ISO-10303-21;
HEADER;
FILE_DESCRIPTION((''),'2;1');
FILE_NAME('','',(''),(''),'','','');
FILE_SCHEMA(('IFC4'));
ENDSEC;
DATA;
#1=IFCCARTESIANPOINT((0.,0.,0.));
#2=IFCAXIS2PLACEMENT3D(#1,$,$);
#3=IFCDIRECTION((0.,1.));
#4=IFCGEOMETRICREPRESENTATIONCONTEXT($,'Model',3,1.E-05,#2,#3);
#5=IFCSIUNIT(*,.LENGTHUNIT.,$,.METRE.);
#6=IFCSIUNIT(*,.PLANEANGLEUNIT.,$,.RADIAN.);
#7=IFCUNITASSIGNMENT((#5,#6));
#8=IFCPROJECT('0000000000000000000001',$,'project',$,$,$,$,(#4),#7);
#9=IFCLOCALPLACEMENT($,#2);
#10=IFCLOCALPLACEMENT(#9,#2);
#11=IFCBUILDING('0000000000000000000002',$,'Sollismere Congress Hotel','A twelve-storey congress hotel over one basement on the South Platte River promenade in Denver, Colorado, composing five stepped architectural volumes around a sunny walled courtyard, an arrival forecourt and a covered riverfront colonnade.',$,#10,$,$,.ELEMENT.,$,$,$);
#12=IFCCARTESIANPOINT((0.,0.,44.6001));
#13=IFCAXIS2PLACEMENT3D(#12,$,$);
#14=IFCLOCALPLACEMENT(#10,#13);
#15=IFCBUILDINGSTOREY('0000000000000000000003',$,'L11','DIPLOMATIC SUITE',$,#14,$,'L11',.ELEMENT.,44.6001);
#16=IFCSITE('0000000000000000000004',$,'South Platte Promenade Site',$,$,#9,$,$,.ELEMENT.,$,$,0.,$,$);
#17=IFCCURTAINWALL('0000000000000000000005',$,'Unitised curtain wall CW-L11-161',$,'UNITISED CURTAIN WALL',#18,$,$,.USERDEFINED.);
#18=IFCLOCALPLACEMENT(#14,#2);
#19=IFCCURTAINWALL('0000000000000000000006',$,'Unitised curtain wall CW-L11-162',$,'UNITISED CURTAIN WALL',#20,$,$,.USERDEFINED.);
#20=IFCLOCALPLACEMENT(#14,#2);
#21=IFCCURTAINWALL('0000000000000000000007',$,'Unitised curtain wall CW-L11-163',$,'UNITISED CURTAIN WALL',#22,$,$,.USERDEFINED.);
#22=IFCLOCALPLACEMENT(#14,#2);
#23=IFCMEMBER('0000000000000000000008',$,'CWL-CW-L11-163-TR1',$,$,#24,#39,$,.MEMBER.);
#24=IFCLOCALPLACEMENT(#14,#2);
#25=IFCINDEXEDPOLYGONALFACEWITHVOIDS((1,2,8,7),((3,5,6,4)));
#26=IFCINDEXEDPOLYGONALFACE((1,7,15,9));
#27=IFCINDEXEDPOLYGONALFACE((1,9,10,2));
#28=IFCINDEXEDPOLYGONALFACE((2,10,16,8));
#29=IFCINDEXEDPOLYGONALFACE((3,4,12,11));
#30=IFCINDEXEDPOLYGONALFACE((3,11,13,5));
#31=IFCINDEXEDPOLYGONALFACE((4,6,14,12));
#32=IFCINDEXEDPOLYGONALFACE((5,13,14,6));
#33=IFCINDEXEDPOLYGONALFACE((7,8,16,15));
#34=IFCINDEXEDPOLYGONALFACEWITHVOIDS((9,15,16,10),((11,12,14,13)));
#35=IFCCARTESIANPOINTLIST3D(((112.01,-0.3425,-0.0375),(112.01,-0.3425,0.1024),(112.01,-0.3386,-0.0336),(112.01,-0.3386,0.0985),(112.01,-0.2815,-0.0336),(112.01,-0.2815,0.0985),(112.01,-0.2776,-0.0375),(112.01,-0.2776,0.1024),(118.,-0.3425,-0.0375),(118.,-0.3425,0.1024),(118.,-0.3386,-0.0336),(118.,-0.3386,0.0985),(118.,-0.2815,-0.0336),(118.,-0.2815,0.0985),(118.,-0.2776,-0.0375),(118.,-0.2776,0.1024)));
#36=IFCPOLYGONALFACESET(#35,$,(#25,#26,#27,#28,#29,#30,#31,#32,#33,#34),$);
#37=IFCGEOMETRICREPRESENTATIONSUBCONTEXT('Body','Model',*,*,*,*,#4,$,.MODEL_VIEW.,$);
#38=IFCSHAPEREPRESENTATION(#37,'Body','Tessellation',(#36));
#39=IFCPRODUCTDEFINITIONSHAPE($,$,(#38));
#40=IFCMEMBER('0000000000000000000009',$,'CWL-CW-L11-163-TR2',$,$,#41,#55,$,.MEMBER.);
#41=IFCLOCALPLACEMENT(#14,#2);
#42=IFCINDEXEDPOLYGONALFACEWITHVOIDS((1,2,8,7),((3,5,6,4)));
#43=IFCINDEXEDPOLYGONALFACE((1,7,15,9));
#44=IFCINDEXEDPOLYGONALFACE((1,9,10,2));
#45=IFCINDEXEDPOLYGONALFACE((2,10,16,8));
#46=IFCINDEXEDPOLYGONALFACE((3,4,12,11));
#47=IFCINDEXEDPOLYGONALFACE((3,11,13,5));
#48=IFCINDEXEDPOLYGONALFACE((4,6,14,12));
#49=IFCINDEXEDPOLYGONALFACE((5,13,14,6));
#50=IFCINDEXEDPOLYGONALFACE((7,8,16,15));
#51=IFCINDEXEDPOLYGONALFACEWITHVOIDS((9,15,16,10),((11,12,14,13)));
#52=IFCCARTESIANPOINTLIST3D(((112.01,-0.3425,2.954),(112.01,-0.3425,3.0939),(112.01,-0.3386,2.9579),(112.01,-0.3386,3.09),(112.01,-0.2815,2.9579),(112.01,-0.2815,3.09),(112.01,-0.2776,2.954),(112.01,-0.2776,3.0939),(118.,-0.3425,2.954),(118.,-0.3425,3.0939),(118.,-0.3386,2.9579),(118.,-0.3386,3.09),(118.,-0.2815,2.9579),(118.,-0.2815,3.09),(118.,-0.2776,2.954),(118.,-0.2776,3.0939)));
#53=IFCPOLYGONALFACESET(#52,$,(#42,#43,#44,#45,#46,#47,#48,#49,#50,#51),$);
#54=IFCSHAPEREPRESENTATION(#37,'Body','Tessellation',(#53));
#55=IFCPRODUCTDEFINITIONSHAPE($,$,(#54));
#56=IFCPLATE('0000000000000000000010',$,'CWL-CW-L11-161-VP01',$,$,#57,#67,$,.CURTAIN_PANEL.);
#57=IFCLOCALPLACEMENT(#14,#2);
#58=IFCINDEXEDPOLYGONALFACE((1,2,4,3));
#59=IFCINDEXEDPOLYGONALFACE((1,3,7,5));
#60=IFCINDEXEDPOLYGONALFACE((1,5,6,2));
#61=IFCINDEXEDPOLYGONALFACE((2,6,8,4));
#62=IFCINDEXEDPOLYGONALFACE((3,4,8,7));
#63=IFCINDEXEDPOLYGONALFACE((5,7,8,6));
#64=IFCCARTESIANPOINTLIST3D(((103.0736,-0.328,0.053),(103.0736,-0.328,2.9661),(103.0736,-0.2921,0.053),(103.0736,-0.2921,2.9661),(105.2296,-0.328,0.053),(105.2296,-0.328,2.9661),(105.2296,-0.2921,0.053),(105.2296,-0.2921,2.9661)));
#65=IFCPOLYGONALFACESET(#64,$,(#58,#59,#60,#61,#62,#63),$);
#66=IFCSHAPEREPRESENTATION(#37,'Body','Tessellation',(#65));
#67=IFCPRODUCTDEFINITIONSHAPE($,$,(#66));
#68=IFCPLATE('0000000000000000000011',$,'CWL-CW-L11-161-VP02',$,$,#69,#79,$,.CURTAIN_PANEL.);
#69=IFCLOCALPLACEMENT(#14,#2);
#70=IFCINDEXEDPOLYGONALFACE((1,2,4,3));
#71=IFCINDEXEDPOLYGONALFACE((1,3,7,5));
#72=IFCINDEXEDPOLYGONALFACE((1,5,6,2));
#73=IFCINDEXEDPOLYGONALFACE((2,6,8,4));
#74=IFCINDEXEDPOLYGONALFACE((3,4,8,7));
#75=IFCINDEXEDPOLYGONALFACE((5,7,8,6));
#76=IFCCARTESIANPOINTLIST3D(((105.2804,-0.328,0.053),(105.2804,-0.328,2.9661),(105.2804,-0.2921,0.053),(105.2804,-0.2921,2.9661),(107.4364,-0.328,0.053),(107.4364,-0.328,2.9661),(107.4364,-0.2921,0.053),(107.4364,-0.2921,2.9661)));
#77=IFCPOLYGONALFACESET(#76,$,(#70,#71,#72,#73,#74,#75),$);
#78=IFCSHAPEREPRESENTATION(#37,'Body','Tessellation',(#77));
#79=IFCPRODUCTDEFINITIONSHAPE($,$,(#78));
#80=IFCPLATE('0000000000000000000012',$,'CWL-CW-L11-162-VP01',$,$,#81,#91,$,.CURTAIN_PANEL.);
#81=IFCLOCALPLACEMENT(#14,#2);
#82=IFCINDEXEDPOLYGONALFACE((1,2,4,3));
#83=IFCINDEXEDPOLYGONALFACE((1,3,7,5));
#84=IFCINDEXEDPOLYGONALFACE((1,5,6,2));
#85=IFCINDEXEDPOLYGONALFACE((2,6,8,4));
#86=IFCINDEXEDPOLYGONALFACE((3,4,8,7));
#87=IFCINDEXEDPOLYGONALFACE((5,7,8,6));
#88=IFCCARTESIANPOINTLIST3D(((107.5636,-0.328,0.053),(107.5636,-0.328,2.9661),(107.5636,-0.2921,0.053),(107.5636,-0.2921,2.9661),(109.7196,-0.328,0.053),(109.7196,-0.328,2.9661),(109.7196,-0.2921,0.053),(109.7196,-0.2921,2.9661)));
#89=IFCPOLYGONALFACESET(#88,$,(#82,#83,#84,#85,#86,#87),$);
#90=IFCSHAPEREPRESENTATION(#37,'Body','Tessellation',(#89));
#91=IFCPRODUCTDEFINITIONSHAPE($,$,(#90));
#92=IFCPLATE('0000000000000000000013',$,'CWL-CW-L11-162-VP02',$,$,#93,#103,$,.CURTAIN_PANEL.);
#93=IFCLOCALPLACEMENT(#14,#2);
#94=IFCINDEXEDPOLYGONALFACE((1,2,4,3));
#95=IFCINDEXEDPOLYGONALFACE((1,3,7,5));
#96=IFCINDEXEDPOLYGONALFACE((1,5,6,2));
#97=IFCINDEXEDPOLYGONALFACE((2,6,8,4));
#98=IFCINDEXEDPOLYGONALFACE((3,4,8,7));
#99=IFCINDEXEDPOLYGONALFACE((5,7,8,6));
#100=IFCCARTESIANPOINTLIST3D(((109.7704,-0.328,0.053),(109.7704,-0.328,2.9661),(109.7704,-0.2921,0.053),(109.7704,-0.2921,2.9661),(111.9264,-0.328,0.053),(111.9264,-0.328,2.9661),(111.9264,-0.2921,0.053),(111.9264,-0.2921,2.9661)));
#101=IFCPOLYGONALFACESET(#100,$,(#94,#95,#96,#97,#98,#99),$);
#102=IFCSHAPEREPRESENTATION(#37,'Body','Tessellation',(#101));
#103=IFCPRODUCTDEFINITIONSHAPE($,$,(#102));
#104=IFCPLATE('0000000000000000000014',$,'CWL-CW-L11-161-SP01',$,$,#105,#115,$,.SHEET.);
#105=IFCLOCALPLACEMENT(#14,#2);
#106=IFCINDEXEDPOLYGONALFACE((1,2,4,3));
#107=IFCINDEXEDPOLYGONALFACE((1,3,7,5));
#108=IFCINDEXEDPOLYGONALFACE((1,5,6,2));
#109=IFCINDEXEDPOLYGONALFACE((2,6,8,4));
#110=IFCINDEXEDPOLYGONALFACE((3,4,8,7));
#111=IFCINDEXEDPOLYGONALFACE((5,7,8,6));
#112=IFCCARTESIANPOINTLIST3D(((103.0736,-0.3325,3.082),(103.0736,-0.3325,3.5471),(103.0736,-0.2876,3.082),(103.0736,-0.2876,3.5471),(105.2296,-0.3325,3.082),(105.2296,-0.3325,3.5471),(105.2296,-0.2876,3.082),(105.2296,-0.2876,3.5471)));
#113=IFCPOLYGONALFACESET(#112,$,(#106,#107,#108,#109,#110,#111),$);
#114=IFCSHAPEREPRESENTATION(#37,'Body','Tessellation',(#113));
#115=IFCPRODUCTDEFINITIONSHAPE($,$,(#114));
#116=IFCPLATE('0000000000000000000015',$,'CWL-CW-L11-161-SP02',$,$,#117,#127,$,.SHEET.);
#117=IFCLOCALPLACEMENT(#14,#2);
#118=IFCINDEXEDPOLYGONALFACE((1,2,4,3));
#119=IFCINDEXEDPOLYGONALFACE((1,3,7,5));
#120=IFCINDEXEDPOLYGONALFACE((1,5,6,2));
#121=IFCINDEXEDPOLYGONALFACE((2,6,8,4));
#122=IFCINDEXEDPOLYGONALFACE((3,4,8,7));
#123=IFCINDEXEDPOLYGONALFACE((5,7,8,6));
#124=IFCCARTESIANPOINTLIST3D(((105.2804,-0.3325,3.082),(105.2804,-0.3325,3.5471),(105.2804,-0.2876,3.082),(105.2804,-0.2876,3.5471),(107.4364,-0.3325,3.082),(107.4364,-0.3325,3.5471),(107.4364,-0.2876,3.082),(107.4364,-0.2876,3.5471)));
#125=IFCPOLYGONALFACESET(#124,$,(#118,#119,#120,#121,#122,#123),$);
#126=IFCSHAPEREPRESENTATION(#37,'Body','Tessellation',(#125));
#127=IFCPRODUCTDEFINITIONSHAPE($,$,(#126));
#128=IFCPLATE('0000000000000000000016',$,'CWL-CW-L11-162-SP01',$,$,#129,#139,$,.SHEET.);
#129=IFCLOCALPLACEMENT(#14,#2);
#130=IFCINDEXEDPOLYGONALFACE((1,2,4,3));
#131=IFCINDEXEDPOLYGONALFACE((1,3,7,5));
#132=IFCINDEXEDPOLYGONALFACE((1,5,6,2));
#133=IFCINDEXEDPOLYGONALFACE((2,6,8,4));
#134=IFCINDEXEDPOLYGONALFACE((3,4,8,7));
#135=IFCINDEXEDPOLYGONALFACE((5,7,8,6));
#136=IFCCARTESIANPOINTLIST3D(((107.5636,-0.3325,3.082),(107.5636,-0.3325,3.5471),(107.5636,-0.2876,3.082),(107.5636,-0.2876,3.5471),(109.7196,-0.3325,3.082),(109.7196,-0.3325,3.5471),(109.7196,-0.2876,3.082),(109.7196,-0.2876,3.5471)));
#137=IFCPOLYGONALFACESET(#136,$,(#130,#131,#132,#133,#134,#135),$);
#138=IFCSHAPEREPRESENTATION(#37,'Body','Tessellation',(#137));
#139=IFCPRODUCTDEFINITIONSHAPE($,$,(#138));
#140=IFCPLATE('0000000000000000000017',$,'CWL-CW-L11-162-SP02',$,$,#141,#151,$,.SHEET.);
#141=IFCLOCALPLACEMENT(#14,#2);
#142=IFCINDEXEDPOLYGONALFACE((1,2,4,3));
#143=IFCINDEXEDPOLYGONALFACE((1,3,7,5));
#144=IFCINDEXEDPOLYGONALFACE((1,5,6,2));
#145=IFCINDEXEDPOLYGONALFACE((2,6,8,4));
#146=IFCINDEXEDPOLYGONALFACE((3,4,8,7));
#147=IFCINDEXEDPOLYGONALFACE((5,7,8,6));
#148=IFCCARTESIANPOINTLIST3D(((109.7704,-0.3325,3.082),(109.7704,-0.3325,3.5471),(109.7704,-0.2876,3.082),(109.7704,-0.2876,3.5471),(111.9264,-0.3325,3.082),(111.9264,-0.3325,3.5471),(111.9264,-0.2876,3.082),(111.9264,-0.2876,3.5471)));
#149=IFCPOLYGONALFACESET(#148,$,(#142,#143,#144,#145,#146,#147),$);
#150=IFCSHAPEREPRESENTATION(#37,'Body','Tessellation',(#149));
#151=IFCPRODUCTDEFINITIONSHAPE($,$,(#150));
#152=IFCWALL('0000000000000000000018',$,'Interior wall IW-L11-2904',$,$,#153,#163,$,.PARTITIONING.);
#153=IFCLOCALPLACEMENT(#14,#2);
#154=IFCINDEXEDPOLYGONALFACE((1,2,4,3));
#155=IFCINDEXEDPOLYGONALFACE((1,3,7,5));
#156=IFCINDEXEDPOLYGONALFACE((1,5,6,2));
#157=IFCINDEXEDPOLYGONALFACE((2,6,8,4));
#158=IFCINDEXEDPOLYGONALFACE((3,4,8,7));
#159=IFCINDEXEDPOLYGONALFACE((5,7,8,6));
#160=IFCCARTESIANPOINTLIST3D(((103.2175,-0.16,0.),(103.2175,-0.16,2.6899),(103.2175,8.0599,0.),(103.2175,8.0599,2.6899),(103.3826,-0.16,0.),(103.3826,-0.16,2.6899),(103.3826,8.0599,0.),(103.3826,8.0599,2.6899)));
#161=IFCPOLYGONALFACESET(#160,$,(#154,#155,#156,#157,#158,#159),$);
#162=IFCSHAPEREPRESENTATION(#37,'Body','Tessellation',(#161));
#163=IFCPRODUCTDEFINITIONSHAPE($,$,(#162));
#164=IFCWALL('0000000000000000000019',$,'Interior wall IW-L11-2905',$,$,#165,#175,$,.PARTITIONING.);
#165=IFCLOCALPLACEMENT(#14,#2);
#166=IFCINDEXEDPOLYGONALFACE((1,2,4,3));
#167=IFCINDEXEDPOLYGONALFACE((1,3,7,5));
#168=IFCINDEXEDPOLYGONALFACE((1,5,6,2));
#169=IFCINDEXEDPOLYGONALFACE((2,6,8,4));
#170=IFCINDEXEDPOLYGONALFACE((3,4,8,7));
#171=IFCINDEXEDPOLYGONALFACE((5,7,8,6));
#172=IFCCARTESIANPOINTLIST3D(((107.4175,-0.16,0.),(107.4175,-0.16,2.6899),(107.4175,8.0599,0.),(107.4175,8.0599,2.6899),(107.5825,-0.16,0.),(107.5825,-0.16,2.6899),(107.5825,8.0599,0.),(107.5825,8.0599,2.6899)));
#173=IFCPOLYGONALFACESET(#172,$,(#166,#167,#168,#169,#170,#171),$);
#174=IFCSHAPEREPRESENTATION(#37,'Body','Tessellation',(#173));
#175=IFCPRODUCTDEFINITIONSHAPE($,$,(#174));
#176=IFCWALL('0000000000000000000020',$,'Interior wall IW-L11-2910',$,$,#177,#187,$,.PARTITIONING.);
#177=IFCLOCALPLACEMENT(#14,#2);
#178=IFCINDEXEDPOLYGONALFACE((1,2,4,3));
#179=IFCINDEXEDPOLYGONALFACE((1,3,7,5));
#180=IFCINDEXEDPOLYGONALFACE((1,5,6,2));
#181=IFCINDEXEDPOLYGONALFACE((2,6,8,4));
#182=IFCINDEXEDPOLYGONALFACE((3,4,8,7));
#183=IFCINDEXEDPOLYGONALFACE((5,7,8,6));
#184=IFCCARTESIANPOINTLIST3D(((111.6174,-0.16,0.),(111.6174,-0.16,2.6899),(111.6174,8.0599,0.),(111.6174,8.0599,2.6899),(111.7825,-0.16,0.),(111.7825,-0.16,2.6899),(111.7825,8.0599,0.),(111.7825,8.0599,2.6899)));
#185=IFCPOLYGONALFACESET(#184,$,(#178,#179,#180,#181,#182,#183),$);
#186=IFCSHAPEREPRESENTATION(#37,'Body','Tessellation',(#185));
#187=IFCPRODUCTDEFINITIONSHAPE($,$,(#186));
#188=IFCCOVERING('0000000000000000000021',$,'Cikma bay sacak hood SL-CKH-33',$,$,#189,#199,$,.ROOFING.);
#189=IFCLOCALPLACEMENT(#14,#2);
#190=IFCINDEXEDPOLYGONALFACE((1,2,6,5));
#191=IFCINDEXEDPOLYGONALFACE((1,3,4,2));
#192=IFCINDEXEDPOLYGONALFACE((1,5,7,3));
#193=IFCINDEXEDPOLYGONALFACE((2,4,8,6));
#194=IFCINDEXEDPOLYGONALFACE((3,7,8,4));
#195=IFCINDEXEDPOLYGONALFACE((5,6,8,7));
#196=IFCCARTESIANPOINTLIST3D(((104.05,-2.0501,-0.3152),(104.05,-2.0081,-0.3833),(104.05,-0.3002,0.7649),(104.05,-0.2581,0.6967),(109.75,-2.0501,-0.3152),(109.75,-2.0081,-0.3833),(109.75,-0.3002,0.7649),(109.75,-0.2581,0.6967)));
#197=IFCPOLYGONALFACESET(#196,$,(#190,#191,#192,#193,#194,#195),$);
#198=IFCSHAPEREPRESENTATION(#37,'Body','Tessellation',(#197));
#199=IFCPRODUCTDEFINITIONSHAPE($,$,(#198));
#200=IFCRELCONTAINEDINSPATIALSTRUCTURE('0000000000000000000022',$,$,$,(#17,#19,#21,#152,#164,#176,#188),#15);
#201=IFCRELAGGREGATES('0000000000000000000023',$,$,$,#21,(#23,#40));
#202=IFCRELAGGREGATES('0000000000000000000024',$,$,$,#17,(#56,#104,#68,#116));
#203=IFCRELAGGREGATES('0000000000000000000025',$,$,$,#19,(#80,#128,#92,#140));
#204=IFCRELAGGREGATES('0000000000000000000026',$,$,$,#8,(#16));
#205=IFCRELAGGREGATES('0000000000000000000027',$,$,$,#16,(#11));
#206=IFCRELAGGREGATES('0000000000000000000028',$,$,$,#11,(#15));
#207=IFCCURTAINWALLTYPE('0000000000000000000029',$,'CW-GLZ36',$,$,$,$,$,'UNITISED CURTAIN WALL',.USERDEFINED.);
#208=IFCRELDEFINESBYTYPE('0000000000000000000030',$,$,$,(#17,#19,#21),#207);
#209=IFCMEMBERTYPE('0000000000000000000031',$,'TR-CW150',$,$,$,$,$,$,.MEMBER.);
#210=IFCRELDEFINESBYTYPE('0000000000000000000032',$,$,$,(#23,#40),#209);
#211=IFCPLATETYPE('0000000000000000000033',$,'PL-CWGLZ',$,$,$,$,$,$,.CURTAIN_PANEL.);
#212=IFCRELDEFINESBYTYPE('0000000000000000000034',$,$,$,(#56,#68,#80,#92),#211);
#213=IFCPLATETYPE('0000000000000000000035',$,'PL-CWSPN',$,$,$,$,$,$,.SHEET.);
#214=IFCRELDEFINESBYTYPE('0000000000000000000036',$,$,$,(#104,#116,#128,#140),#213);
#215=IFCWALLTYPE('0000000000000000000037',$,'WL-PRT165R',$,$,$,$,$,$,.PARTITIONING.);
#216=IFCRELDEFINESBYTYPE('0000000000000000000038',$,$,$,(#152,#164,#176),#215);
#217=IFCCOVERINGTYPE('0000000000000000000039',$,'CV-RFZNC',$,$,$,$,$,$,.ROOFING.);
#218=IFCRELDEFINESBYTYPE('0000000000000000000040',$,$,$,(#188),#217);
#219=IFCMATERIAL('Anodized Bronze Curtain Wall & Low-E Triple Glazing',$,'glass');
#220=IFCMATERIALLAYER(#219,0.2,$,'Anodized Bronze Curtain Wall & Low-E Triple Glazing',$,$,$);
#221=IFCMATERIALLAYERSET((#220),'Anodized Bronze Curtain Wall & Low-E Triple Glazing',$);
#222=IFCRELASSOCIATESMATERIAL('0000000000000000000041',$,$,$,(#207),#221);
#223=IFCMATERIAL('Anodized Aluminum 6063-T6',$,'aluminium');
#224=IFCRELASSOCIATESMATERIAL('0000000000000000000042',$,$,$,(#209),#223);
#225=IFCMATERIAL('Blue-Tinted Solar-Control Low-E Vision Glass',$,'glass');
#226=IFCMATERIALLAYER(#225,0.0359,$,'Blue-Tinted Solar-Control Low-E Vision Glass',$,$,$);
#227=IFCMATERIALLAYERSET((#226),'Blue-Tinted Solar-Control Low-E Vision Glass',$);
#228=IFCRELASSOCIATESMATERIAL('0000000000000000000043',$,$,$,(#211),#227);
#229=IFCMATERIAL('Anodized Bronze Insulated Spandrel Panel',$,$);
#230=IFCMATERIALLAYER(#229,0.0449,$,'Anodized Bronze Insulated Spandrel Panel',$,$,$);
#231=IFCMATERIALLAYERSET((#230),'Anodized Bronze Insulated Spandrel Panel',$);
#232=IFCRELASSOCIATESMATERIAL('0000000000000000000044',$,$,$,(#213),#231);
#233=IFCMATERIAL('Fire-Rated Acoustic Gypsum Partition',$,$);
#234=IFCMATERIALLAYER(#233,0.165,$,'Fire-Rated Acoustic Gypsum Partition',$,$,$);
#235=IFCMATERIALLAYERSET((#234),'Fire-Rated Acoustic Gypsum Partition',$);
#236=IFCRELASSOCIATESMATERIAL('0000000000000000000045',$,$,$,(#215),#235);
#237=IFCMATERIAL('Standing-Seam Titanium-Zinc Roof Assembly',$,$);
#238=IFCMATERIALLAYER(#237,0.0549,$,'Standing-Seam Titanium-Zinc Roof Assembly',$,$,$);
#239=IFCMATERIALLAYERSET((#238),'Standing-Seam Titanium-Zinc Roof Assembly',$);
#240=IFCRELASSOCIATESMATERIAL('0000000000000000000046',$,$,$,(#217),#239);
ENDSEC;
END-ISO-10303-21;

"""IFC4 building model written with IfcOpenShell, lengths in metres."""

from ifc_helpers import new_model, si_unit, direction, frame, frame_2d, origin, origin_2d, place, context, subcontext, project, spatial, polyline, rectangle, hollow_rectangle, outline, extrude, material, layer, layer_set, material_profile, profile_set, type_object, element, aggregate, save


model = new_model("IFC4")

# Units and contexts
model_context = context("Model", 3, precision=1e-05, world=origin(), true_north=direction((0.0, 1.0)))
body_context = subcontext(model_context, "Body", "Model", "MODEL_VIEW")
ifc_project = project(units=[si_unit("LENGTHUNIT", "METRE"), si_unit("PLANEANGLEUNIT", "RADIAN")], contexts=[model_context])

# Site, building, storey
site_placement = place(None, origin())
site = spatial("IfcSite", under=ifc_project, at=site_placement, Name="South Platte Promenade Site", CompositionType="ELEMENT", RefElevation=0.0)
building_placement = place(site_placement, origin())
building = spatial("IfcBuilding", under=site, at=building_placement, Name="Sollismere Congress Hotel", Description="A twelve-storey congress hotel over one basement on the South Platte River promenade in Denver, Colorado, composing five stepped architectural volumes around a sunny walled courtyard, an arrival forecourt and a covered riverfront colonnade.", CompositionType="ELEMENT")
storey_placement = place(building_placement, frame((0.0, 0.0, 44.6001)))
storey = spatial("IfcBuildingStorey", under=building, at=storey_placement, Name="L11", Description="DIPLOMATIC SUITE", LongName="L11", CompositionType="ELEMENT", Elevation=44.6001)

# Curtain walls, members
ifc_material_1 = material(Name="Anodized Bronze Curtain Wall & Low-E Triple Glazing", Category="glass")
ifc_layer_1 = layer(ifc_material_1, 0.2, Name="Anodized Bronze Curtain Wall & Low-E Triple Glazing")
ifc_layer_set_1 = layer_set([ifc_layer_1], Name="Anodized Bronze Curtain Wall & Low-E Triple Glazing")
curtain_wall_type = type_object("IfcCurtainWallType", Name="CW-GLZ36", ElementType="UNITISED CURTAIN WALL", PredefinedType="USERDEFINED", material=ifc_layer_set_1)
curtain_wall_1_placement = place(storey_placement, origin())
curtain_wall_1 = element("IfcCurtainWall", 1, at=curtain_wall_1_placement, inside=storey, type_object=curtain_wall_type, Name="Unitised curtain wall CW-L11-161", ObjectType="UNITISED CURTAIN WALL", PredefinedType="USERDEFINED")
ifc_material_2 = material(Name="Anodized Aluminum 6063-T6", Category="aluminium")
curtain_wall_2_placement = place(storey_placement, origin())
curtain_wall_2 = element("IfcCurtainWall", 2, at=curtain_wall_2_placement, inside=storey, type_object=curtain_wall_type, Name="Unitised curtain wall CW-L11-162", ObjectType="UNITISED CURTAIN WALL", PredefinedType="USERDEFINED")
ifc_material_profile_1 = material_profile(ifc_material_2, hollow_rectangle(XDim=0.0649, YDim=0.1399, WallThickness=0.0039, at=origin_2d()), Name="ALU140X65X4")
ifc_profile_set_1 = profile_set([ifc_material_profile_1], Name="Anodized Aluminum 6063-T6")
member_type_1 = type_object("IfcMemberType", Name="TR-CW150", PredefinedType="MEMBER", material=ifc_profile_set_1)
curtain_wall_3_placement = place(storey_placement, origin())
curtain_wall_3 = element("IfcCurtainWall", 3, at=curtain_wall_3_placement, inside=storey, type_object=curtain_wall_type, Name="Unitised curtain wall CW-L11-163", ObjectType="UNITISED CURTAIN WALL", PredefinedType="USERDEFINED")
member_1_placement = place(storey_placement, frame((112.01, -0.3101, 0.0325), z_axis=(1.0, 0.0, 0.0), x_axis=(0.0, 1.0, 0.0)))
member_1 = element("IfcMember", 4, at=member_1_placement, type_object=member_type_1, Name="CWL-CW-L11-163-TR1", PredefinedType="MEMBER", context=body_context, shape_type="SweptSolid", body=[
    extrude(hollow_rectangle(XDim=0.0649, YDim=0.1399, WallThickness=0.0039, at=origin_2d()), origin(), (0.0, 0.0, 1.0), 5.99),
])
member_2_placement = place(storey_placement, frame((112.01, -0.3101, 3.0239), z_axis=(1.0, 0.0, 0.0), x_axis=(0.0, 1.0, 0.0)))
member_2 = element("IfcMember", 5, at=member_2_placement, type_object=member_type_1, Name="CWL-CW-L11-163-TR2", PredefinedType="MEMBER", context=body_context, shape_type="SweptSolid", body=[
    extrude(hollow_rectangle(XDim=0.0649, YDim=0.1399, WallThickness=0.0039, at=origin_2d()), origin(), (0.0, 0.0, 1.0), 5.99),
])
aggregate(curtain_wall_3, [member_1, member_2])

# Plates
ifc_material_3 = material(Name="Blue-Tinted Solar-Control Low-E Vision Glass", Category="glass")
ifc_layer_2 = layer(ifc_material_3, 0.0359, Name="Blue-Tinted Solar-Control Low-E Vision Glass")
ifc_layer_set_2 = layer_set([ifc_layer_2], Name="Blue-Tinted Solar-Control Low-E Vision Glass")
plate_type_1 = type_object("IfcPlateType", Name="PL-CWGLZ", PredefinedType="CURTAIN_PANEL", material=ifc_layer_set_2)
plate_1_placement = place(storey_placement, frame((104.1516, -0.3101, 0.053), z_axis=(0.0, 0.0, 1.0), x_axis=(1.0, 0.0, 0.0)))
plate_1 = element("IfcPlate", 6, at=plate_1_placement, type_object=plate_type_1, Name="CWL-CW-L11-161-VP01", PredefinedType="CURTAIN_PANEL", context=body_context, shape_type="SweptSolid", body=[
    extrude(rectangle(XDim=2.156, YDim=0.0359, at=origin_2d()), origin(), (0.0, 0.0, 1.0), 2.9131),
])
plate_2_placement = place(storey_placement, frame((106.3584, -0.3101, 0.053), z_axis=(0.0, 0.0, 1.0), x_axis=(1.0, 0.0, 0.0)))
plate_2 = element("IfcPlate", 7, at=plate_2_placement, type_object=plate_type_1, Name="CWL-CW-L11-161-VP02", PredefinedType="CURTAIN_PANEL", context=body_context, shape_type="SweptSolid", body=[
    extrude(rectangle(XDim=2.156, YDim=0.0359, at=origin_2d()), origin(), (0.0, 0.0, 1.0), 2.9131),
])
plate_3_placement = place(storey_placement, frame((108.6416, -0.3101, 0.053), z_axis=(0.0, 0.0, 1.0), x_axis=(1.0, 0.0, 0.0)))
plate_3 = element("IfcPlate", 8, at=plate_3_placement, type_object=plate_type_1, Name="CWL-CW-L11-162-VP01", PredefinedType="CURTAIN_PANEL", context=body_context, shape_type="SweptSolid", body=[
    extrude(rectangle(XDim=2.156, YDim=0.0359, at=origin_2d()), origin(), (0.0, 0.0, 1.0), 2.9131),
])
plate_4_placement = place(storey_placement, frame((110.8484, -0.3101, 0.053), z_axis=(0.0, 0.0, 1.0), x_axis=(1.0, 0.0, 0.0)))
plate_4 = element("IfcPlate", 9, at=plate_4_placement, type_object=plate_type_1, Name="CWL-CW-L11-162-VP02", PredefinedType="CURTAIN_PANEL", context=body_context, shape_type="SweptSolid", body=[
    extrude(rectangle(XDim=2.156, YDim=0.0359, at=origin_2d()), origin(), (0.0, 0.0, 1.0), 2.9131),
])
ifc_material_4 = material(Name="Anodized Bronze Insulated Spandrel Panel")
ifc_layer_3 = layer(ifc_material_4, 0.0449, Name="Anodized Bronze Insulated Spandrel Panel")
ifc_layer_set_3 = layer_set([ifc_layer_3], Name="Anodized Bronze Insulated Spandrel Panel")
plate_type_2 = type_object("IfcPlateType", Name="PL-CWSPN", PredefinedType="SHEET", material=ifc_layer_set_3)
plate_5_placement = place(storey_placement, frame((104.1516, -0.3101, 3.082), z_axis=(0.0, 0.0, 1.0), x_axis=(1.0, 0.0, 0.0)))
plate_5 = element("IfcPlate", 10, at=plate_5_placement, type_object=plate_type_2, Name="CWL-CW-L11-161-SP01", PredefinedType="SHEET", context=body_context, shape_type="SweptSolid", body=[
    extrude(rectangle(XDim=2.156, YDim=0.0449, at=origin_2d()), origin(), (0.0, 0.0, 1.0), 0.4651),
])
plate_6_placement = place(storey_placement, frame((106.3584, -0.3101, 3.082), z_axis=(0.0, 0.0, 1.0), x_axis=(1.0, 0.0, 0.0)))
plate_6 = element("IfcPlate", 11, at=plate_6_placement, type_object=plate_type_2, Name="CWL-CW-L11-161-SP02", PredefinedType="SHEET", context=body_context, shape_type="SweptSolid", body=[
    extrude(rectangle(XDim=2.156, YDim=0.0449, at=origin_2d()), origin(), (0.0, 0.0, 1.0), 0.4651),
])
aggregate(curtain_wall_1, [plate_1, plate_5, plate_2, plate_6])
plate_7_placement = place(storey_placement, frame((108.6416, -0.3101, 3.082), z_axis=(0.0, 0.0, 1.0), x_axis=(1.0, 0.0, 0.0)))
plate_7 = element("IfcPlate", 12, at=plate_7_placement, type_object=plate_type_2, Name="CWL-CW-L11-162-SP01", PredefinedType="SHEET", context=body_context, shape_type="SweptSolid", body=[
    extrude(rectangle(XDim=2.156, YDim=0.0449, at=origin_2d()), origin(), (0.0, 0.0, 1.0), 0.4651),
])
plate_8_placement = place(storey_placement, frame((110.8484, -0.3101, 3.082), z_axis=(0.0, 0.0, 1.0), x_axis=(1.0, 0.0, 0.0)))
plate_8 = element("IfcPlate", 13, at=plate_8_placement, type_object=plate_type_2, Name="CWL-CW-L11-162-SP02", PredefinedType="SHEET", context=body_context, shape_type="SweptSolid", body=[
    extrude(rectangle(XDim=2.156, YDim=0.0449, at=origin_2d()), origin(), (0.0, 0.0, 1.0), 0.4651),
])
aggregate(curtain_wall_2, [plate_3, plate_7, plate_4, plate_8])

# Walls
ifc_material_5 = material(Name="Fire-Rated Acoustic Gypsum Partition")
ifc_layer_4 = layer(ifc_material_5, 0.165, Name="Fire-Rated Acoustic Gypsum Partition")
ifc_layer_set_4 = layer_set([ifc_layer_4], Name="Fire-Rated Acoustic Gypsum Partition")
wall_type = type_object("IfcWallType", Name="WL-PRT165R", PredefinedType="PARTITIONING", material=ifc_layer_set_4)
for number, where, z_axis, x_axis, name in (
    (14, (103.3, -0.1599, 0.0), (0.0, 0.0, 1.0), (0.0, 1.0, 0.0), "Interior wall IW-L11-2904"),
    (15, (107.5, -0.1599, 0.0), (0.0, 0.0, 1.0), (0.0, 1.0, 0.0), "Interior wall IW-L11-2905"),
    (16, (111.7, -0.1599, 0.0), (0.0, 0.0, 1.0), (0.0, 1.0, 0.0), "Interior wall IW-L11-2910"),
):
    element("IfcWall", number, at=place(storey_placement, frame(where, z_axis=z_axis, x_axis=x_axis)), inside=storey, type_object=wall_type, Name=name, PredefinedType="PARTITIONING", context=body_context, shape_type="SweptSolid", body=[
        extrude(rectangle(XDim=8.22, YDim=0.165, at=frame_2d((4.1099, 0.0))), origin(), (0.0, 0.0, 1.0), 2.6899),
    ])

# Covering
ifc_material_6 = material(Name="Standing-Seam Titanium-Zinc Roof Assembly")
ifc_layer_5 = layer(ifc_material_6, 0.0549, Name="Standing-Seam Titanium-Zinc Roof Assembly")
ifc_layer_set_5 = layer_set([ifc_layer_5], Name="Standing-Seam Titanium-Zinc Roof Assembly")
covering_type = type_object("IfcCoveringType", Name="CV-RFZNC", PredefinedType="ROOFING", material=ifc_layer_set_5)
covering_placement = place(storey_placement, frame((104.05, -2.0081, -0.3833), z_axis=(0.0, -0.52521, 0.850973), x_axis=(1.0, 0.0, 0.0)))
element("IfcCovering", 17, at=covering_placement, inside=storey, type_object=covering_type, Name="Cikma bay sacak hood SL-CKH-33", PredefinedType="ROOFING", context=body_context, shape_type="SweptSolid", body=[
    extrude(outline(polyline([(0.0, 0.0), (5.7, 0.0), (5.7, 2.0564), (0.0, 2.0564), (0.0, 0.0)])), origin(), (0.0, 0.0, 1.0), 0.0801),
])

save(model, "model.ifc")
